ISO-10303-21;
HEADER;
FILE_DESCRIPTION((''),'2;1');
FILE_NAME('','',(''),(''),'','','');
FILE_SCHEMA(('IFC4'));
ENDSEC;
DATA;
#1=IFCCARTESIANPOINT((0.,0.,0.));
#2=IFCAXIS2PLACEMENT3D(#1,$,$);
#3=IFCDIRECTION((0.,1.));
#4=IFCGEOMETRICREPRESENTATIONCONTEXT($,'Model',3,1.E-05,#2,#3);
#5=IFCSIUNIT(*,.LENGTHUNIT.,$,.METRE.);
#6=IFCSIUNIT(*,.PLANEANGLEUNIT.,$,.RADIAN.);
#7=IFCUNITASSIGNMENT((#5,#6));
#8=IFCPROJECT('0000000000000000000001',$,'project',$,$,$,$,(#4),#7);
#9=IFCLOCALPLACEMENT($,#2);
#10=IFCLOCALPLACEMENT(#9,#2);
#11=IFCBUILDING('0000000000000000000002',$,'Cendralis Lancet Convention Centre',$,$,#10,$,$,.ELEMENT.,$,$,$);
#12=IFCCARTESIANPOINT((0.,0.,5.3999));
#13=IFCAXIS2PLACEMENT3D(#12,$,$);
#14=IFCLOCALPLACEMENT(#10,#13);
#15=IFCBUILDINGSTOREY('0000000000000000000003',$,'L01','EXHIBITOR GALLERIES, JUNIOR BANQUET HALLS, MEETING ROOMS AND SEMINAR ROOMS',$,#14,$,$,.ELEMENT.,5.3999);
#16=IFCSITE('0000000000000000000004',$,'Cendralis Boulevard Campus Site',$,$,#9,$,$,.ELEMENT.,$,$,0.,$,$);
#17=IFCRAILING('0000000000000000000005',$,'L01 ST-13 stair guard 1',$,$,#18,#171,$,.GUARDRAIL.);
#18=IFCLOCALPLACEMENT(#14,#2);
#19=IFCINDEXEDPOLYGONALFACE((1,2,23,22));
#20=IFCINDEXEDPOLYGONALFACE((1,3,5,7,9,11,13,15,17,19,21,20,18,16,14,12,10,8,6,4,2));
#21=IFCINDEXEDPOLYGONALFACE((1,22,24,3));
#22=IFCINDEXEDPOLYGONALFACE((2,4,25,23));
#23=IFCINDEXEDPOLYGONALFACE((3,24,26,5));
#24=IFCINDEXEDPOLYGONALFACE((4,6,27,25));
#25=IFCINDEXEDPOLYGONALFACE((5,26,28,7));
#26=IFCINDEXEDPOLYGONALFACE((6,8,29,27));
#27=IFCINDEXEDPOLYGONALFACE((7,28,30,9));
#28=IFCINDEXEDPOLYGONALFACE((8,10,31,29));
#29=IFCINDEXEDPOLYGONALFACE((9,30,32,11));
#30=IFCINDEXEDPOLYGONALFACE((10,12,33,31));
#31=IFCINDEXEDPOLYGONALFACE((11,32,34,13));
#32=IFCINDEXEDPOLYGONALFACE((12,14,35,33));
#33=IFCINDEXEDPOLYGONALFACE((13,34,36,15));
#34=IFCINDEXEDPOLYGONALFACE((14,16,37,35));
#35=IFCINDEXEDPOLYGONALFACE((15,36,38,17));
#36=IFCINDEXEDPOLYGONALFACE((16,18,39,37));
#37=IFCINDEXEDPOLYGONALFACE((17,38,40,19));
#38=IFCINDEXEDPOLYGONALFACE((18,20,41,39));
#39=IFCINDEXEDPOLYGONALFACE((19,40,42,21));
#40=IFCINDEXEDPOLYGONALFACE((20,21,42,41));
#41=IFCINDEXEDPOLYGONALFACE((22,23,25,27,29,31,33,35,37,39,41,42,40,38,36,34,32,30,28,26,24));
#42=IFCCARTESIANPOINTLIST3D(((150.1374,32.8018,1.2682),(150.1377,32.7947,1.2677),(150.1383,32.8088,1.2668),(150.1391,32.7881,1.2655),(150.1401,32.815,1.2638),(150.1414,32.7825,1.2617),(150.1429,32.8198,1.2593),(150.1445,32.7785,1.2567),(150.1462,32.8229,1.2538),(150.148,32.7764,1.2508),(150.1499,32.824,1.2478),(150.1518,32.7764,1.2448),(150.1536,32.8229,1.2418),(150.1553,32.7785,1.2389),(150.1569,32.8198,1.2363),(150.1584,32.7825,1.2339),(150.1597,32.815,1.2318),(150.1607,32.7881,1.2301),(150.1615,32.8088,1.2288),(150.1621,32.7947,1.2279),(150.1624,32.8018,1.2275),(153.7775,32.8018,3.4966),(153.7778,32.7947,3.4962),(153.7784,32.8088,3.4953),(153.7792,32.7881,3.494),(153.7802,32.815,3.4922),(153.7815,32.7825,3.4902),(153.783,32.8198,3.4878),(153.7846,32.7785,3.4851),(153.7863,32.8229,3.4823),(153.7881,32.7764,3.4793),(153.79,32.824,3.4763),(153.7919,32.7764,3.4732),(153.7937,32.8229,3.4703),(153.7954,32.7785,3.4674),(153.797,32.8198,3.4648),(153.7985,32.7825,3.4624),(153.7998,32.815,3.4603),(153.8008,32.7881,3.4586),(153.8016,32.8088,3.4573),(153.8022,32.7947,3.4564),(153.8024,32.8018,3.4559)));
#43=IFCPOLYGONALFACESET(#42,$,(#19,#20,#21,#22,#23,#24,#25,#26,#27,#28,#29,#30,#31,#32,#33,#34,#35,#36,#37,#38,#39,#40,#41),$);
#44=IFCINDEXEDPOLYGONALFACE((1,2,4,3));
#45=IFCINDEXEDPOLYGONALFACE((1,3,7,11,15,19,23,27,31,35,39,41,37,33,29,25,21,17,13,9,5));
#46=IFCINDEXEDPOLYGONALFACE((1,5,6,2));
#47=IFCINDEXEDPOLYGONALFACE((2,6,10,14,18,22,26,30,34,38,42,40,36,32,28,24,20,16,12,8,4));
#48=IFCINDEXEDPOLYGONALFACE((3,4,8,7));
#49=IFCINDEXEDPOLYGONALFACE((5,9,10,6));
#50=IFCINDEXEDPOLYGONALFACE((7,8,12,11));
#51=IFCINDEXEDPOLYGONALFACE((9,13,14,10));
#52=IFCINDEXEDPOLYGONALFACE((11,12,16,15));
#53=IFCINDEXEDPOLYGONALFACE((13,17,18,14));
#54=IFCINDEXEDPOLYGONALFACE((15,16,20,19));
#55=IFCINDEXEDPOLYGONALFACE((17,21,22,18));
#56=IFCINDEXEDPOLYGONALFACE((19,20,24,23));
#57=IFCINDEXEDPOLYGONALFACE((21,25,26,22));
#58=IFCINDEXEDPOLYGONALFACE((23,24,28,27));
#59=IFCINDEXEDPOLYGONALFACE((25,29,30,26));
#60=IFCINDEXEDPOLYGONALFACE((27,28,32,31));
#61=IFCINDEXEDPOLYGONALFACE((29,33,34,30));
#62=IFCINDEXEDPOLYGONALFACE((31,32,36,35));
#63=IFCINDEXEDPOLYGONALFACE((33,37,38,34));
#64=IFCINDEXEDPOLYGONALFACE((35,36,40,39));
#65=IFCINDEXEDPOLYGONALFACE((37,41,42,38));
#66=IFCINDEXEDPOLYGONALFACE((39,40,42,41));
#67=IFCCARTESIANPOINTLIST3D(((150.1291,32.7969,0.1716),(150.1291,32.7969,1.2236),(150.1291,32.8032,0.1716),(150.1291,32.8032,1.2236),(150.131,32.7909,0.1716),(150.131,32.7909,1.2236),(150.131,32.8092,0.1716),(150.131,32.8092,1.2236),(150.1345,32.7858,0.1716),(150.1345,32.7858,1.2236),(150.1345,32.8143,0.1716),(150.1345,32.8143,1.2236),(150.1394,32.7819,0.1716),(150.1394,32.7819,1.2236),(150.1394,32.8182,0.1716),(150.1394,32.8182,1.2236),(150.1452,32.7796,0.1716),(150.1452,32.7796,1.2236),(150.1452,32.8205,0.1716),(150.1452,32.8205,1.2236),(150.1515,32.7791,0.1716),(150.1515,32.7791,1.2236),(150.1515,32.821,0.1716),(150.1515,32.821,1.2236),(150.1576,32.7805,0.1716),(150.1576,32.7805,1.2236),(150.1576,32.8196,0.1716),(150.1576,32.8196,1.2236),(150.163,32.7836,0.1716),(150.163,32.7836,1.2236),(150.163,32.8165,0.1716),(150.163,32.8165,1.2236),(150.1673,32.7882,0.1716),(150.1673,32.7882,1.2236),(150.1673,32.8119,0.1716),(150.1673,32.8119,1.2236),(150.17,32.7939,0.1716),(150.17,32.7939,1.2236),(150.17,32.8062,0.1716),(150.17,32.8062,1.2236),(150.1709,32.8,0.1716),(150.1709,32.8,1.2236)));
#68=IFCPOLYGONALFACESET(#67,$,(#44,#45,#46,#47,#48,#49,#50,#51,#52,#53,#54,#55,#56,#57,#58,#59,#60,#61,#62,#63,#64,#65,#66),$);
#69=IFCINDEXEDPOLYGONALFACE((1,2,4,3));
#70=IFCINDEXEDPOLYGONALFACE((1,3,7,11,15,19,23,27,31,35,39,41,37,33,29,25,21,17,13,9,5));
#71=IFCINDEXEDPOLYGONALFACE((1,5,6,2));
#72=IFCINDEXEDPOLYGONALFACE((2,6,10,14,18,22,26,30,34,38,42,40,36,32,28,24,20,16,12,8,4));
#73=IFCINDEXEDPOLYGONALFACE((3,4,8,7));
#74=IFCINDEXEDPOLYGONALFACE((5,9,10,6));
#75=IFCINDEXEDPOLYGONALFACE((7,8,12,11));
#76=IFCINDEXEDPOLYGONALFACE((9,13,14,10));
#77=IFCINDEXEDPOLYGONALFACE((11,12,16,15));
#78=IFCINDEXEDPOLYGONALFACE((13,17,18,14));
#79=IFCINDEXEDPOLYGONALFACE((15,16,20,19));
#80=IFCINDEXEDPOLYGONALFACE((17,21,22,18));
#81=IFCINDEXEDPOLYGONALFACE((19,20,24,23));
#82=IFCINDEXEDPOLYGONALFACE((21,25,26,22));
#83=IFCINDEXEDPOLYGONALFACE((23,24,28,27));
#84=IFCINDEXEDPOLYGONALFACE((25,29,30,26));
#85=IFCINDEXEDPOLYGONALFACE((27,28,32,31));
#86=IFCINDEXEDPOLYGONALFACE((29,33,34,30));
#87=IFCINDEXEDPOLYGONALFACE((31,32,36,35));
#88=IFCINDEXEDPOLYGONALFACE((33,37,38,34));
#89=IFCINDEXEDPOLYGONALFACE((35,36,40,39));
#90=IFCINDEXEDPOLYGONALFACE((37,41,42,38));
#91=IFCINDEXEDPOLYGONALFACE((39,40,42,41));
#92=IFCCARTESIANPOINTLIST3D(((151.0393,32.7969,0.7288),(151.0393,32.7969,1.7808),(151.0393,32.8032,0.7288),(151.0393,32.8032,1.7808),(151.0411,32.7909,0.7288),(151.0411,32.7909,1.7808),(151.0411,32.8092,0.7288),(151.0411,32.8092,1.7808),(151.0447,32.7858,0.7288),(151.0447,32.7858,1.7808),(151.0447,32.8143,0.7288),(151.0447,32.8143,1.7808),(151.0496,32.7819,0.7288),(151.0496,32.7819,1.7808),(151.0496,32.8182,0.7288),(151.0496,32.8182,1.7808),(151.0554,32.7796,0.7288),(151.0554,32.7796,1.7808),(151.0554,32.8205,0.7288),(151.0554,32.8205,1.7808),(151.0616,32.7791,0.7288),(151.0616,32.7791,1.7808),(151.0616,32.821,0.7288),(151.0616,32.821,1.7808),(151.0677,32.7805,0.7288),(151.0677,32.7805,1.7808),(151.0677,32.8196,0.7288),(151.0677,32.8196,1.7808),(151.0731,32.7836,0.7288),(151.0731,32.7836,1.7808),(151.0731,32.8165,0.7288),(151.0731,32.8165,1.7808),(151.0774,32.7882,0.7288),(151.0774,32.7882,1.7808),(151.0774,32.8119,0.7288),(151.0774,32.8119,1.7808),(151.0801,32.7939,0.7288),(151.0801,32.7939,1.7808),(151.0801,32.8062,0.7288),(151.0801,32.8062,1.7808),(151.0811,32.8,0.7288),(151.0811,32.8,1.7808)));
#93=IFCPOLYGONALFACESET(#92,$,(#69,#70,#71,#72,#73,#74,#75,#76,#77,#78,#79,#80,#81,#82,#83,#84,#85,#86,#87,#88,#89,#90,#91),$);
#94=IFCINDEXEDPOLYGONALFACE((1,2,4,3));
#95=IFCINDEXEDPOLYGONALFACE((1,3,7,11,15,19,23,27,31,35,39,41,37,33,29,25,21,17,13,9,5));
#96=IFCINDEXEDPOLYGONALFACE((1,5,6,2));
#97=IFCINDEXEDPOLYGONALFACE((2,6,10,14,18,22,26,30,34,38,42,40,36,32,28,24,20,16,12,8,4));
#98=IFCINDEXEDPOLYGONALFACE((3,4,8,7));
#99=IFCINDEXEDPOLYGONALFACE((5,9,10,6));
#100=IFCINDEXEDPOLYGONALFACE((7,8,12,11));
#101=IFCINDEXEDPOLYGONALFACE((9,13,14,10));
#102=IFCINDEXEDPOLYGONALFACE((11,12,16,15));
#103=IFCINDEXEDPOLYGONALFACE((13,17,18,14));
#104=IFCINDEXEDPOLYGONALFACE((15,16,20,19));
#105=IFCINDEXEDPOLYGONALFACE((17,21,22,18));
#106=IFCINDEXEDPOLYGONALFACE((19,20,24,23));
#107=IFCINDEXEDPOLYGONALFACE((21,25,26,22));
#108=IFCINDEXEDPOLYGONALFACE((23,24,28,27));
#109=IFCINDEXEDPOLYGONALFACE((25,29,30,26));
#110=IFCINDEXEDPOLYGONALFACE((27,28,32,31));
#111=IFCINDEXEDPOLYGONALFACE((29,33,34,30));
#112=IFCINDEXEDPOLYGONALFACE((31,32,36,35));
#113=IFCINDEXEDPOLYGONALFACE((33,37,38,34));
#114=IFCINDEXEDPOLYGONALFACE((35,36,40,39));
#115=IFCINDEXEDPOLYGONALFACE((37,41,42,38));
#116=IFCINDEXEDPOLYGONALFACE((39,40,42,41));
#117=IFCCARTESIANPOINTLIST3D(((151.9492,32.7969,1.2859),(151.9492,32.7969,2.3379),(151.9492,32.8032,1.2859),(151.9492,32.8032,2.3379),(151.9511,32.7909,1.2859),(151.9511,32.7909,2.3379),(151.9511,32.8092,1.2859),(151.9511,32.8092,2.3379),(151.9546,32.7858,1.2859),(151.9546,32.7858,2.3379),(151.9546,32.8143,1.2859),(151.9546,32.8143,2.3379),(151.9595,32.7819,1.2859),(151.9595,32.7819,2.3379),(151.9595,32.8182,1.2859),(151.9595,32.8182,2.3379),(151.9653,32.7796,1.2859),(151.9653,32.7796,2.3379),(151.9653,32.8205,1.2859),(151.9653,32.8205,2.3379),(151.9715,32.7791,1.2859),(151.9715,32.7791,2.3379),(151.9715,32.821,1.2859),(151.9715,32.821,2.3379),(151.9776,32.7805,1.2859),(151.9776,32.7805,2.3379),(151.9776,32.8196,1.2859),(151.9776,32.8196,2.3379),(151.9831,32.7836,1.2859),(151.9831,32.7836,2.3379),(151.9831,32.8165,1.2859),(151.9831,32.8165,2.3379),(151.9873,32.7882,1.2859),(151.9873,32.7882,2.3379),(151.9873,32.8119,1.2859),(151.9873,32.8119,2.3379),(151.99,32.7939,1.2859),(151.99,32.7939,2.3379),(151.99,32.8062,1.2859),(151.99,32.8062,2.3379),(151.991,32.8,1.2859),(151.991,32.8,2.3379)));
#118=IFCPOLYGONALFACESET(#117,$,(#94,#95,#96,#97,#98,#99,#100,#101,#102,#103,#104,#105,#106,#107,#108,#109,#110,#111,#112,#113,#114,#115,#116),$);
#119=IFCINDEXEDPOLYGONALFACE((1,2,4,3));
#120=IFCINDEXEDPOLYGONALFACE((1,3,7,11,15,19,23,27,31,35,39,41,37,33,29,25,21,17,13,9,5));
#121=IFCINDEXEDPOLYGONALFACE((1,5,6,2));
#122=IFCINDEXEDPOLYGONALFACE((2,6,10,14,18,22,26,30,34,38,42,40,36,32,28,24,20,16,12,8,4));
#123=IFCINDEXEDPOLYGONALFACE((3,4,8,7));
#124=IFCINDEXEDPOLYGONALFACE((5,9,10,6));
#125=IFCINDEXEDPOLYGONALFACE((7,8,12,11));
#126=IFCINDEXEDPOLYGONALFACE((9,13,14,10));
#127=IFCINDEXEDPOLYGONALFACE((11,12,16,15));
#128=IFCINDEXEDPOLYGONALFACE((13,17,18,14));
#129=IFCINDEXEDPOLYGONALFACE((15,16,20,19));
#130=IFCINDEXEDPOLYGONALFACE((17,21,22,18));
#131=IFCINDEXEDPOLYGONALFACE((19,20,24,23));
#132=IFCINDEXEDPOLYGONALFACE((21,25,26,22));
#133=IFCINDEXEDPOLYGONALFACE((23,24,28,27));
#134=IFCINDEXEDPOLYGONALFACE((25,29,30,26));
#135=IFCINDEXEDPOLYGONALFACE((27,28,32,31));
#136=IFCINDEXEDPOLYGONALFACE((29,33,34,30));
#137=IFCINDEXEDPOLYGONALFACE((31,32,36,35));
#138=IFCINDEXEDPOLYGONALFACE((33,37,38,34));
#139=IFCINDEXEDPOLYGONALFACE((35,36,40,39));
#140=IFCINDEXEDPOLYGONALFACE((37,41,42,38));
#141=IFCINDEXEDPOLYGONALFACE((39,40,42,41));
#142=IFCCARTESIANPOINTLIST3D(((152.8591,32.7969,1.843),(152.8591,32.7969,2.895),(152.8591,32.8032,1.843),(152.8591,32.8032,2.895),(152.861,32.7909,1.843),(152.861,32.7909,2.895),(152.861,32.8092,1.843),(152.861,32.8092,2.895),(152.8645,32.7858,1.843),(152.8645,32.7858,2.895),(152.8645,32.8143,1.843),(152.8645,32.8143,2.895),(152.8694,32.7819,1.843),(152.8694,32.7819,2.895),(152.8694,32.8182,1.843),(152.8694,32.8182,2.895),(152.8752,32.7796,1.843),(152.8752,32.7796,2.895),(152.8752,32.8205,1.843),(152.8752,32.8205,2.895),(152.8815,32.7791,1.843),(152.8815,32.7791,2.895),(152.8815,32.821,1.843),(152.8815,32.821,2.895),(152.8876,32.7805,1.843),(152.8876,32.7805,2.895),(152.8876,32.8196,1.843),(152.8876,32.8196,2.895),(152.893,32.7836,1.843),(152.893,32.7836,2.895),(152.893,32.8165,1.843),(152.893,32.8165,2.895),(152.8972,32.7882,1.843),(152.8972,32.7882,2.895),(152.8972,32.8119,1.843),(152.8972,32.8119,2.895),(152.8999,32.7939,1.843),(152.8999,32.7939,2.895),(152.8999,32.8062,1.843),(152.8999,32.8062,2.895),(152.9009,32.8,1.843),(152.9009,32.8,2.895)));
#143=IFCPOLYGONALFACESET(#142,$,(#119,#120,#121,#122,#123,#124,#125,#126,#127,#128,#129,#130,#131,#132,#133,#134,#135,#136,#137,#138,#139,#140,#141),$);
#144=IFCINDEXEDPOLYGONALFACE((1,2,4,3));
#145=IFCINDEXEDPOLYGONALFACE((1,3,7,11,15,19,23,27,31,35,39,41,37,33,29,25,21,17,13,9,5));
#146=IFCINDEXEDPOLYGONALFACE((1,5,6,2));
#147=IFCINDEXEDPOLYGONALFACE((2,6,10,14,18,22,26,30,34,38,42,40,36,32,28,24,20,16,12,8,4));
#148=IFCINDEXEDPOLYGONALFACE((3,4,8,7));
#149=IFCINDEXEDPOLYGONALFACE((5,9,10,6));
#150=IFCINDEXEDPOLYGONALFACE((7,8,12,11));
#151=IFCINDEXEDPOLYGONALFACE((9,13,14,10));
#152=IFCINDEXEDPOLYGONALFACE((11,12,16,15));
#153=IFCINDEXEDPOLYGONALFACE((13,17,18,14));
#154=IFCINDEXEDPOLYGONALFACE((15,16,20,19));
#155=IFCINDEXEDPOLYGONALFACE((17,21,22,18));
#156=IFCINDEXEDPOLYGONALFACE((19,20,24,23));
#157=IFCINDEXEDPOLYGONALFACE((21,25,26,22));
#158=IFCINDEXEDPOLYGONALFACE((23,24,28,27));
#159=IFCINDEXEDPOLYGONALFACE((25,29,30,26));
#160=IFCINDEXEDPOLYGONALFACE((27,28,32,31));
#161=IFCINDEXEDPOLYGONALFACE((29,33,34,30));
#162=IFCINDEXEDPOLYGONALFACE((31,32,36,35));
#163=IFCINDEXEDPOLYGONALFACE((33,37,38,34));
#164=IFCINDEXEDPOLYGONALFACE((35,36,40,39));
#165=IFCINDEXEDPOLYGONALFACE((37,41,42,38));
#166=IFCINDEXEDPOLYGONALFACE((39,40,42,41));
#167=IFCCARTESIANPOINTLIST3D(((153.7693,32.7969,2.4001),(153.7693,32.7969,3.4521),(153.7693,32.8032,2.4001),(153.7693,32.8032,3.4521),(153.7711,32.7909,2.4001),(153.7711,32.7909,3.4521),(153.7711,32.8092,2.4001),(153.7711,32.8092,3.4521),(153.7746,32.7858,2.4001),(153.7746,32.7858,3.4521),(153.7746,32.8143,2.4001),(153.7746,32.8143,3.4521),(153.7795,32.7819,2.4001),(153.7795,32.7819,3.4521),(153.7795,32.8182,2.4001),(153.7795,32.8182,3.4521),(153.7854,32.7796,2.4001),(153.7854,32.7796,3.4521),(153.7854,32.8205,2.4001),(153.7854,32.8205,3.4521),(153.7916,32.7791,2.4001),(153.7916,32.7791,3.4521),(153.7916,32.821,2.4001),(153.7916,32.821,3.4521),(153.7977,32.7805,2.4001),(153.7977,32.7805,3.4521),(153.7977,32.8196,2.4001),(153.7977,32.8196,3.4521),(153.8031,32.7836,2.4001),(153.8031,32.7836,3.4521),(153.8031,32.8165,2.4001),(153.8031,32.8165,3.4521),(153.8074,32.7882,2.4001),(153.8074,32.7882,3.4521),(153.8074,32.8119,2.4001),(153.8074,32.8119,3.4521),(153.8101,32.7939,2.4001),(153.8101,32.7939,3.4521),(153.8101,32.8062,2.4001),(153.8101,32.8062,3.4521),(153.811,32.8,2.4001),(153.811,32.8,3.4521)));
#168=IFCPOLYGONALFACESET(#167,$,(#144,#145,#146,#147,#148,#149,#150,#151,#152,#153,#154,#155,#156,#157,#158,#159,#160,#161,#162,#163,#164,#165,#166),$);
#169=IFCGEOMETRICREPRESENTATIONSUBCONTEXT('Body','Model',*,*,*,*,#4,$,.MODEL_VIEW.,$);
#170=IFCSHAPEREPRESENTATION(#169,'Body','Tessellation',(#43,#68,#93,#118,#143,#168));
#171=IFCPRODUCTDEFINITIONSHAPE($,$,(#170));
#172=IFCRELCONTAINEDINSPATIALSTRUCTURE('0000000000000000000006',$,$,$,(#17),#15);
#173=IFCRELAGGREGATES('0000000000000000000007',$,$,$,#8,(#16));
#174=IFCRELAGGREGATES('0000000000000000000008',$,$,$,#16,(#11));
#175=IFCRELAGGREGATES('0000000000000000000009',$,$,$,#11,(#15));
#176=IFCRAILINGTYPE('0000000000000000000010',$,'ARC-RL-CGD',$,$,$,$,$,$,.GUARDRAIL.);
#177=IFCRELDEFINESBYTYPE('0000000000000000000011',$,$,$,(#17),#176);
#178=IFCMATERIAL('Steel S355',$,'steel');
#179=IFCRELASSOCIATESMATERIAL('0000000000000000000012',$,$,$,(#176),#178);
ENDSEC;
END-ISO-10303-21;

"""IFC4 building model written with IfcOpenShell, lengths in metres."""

from ifc_helpers import new_model, si_unit, direction, frame, origin, origin_2d, place, context, subcontext, project, spatial, circle, extrude, material, type_object, element, save


model = new_model("IFC4")

# Units and contexts
model_context = context("Model", 3, precision=1e-05, world=origin(), true_north=direction((0.0, 1.0)))
body_context = subcontext(model_context, "Body", "Model", "MODEL_VIEW")
ifc_project = project(units=[si_unit("LENGTHUNIT", "METRE"), si_unit("PLANEANGLEUNIT", "RADIAN")], contexts=[model_context])

# Site, building, storey
site_placement = place(None, origin())
site = spatial("IfcSite", under=ifc_project, at=site_placement, Name="Cendralis Boulevard Campus Site", CompositionType="ELEMENT", RefElevation=0.0)
building_placement = place(site_placement, origin())
building = spatial("IfcBuilding", under=site, at=building_placement, Name="Cendralis Lancet Convention Centre", CompositionType="ELEMENT")
storey_placement = place(building_placement, frame((0.0, 0.0, 5.3999)))
storey = spatial("IfcBuildingStorey", under=building, at=storey_placement, Name="L01", Description="EXHIBITOR GALLERIES, JUNIOR BANQUET HALLS, MEETING ROOMS AND SEMINAR ROOMS", CompositionType="ELEMENT", Elevation=5.3999)

# Shared definitions
ifc_material_1 = material(Name="Steel S355", Category="steel")

# Railing
railing_type_1 = type_object("IfcRailingType", Name="ARC-RL-CGD", PredefinedType="GUARDRAIL", material=ifc_material_1)
railing_1_placement = place(storey_placement, frame((150.1499, 32.8, 0.1716)))
element("IfcRailing", 1, at=railing_1_placement, inside=storey, type_object=railing_type_1, Name="L01 ST-13 stair guard 1", PredefinedType="GUARDRAIL", context=body_context, shape_type="SweptSolid", body=[
    extrude(circle(Radius=0.0239, at=origin_2d()), frame((0.0, 0.0, 1.0762), z_axis=(0.852866, 0.0, 0.52213), x_axis=(0.0, 1.0, 0.0)), (0.0, 0.0, 1.0), 4.2681),
    extrude(circle(Radius=0.021, at=origin_2d()), origin(), (0.0, 0.0, 1.0), 1.052),
    extrude(circle(Radius=0.021, at=origin_2d()), frame((0.9102, 0.0, 0.5571)), (0.0, 0.0, 1.0), 1.052),
    extrude(circle(Radius=0.021, at=origin_2d()), frame((1.8201, 0.0, 1.1143)), (0.0, 0.0, 1.0), 1.052),
    extrude(circle(Radius=0.021, at=origin_2d()), frame((2.73, 0.0, 1.6714)), (0.0, 0.0, 1.0), 1.052),
    extrude(circle(Radius=0.021, at=origin_2d()), frame((3.6401, 0.0, 2.2285)), (0.0, 0.0, 1.0), 1.052),
])

save(model, "model.ifc")
